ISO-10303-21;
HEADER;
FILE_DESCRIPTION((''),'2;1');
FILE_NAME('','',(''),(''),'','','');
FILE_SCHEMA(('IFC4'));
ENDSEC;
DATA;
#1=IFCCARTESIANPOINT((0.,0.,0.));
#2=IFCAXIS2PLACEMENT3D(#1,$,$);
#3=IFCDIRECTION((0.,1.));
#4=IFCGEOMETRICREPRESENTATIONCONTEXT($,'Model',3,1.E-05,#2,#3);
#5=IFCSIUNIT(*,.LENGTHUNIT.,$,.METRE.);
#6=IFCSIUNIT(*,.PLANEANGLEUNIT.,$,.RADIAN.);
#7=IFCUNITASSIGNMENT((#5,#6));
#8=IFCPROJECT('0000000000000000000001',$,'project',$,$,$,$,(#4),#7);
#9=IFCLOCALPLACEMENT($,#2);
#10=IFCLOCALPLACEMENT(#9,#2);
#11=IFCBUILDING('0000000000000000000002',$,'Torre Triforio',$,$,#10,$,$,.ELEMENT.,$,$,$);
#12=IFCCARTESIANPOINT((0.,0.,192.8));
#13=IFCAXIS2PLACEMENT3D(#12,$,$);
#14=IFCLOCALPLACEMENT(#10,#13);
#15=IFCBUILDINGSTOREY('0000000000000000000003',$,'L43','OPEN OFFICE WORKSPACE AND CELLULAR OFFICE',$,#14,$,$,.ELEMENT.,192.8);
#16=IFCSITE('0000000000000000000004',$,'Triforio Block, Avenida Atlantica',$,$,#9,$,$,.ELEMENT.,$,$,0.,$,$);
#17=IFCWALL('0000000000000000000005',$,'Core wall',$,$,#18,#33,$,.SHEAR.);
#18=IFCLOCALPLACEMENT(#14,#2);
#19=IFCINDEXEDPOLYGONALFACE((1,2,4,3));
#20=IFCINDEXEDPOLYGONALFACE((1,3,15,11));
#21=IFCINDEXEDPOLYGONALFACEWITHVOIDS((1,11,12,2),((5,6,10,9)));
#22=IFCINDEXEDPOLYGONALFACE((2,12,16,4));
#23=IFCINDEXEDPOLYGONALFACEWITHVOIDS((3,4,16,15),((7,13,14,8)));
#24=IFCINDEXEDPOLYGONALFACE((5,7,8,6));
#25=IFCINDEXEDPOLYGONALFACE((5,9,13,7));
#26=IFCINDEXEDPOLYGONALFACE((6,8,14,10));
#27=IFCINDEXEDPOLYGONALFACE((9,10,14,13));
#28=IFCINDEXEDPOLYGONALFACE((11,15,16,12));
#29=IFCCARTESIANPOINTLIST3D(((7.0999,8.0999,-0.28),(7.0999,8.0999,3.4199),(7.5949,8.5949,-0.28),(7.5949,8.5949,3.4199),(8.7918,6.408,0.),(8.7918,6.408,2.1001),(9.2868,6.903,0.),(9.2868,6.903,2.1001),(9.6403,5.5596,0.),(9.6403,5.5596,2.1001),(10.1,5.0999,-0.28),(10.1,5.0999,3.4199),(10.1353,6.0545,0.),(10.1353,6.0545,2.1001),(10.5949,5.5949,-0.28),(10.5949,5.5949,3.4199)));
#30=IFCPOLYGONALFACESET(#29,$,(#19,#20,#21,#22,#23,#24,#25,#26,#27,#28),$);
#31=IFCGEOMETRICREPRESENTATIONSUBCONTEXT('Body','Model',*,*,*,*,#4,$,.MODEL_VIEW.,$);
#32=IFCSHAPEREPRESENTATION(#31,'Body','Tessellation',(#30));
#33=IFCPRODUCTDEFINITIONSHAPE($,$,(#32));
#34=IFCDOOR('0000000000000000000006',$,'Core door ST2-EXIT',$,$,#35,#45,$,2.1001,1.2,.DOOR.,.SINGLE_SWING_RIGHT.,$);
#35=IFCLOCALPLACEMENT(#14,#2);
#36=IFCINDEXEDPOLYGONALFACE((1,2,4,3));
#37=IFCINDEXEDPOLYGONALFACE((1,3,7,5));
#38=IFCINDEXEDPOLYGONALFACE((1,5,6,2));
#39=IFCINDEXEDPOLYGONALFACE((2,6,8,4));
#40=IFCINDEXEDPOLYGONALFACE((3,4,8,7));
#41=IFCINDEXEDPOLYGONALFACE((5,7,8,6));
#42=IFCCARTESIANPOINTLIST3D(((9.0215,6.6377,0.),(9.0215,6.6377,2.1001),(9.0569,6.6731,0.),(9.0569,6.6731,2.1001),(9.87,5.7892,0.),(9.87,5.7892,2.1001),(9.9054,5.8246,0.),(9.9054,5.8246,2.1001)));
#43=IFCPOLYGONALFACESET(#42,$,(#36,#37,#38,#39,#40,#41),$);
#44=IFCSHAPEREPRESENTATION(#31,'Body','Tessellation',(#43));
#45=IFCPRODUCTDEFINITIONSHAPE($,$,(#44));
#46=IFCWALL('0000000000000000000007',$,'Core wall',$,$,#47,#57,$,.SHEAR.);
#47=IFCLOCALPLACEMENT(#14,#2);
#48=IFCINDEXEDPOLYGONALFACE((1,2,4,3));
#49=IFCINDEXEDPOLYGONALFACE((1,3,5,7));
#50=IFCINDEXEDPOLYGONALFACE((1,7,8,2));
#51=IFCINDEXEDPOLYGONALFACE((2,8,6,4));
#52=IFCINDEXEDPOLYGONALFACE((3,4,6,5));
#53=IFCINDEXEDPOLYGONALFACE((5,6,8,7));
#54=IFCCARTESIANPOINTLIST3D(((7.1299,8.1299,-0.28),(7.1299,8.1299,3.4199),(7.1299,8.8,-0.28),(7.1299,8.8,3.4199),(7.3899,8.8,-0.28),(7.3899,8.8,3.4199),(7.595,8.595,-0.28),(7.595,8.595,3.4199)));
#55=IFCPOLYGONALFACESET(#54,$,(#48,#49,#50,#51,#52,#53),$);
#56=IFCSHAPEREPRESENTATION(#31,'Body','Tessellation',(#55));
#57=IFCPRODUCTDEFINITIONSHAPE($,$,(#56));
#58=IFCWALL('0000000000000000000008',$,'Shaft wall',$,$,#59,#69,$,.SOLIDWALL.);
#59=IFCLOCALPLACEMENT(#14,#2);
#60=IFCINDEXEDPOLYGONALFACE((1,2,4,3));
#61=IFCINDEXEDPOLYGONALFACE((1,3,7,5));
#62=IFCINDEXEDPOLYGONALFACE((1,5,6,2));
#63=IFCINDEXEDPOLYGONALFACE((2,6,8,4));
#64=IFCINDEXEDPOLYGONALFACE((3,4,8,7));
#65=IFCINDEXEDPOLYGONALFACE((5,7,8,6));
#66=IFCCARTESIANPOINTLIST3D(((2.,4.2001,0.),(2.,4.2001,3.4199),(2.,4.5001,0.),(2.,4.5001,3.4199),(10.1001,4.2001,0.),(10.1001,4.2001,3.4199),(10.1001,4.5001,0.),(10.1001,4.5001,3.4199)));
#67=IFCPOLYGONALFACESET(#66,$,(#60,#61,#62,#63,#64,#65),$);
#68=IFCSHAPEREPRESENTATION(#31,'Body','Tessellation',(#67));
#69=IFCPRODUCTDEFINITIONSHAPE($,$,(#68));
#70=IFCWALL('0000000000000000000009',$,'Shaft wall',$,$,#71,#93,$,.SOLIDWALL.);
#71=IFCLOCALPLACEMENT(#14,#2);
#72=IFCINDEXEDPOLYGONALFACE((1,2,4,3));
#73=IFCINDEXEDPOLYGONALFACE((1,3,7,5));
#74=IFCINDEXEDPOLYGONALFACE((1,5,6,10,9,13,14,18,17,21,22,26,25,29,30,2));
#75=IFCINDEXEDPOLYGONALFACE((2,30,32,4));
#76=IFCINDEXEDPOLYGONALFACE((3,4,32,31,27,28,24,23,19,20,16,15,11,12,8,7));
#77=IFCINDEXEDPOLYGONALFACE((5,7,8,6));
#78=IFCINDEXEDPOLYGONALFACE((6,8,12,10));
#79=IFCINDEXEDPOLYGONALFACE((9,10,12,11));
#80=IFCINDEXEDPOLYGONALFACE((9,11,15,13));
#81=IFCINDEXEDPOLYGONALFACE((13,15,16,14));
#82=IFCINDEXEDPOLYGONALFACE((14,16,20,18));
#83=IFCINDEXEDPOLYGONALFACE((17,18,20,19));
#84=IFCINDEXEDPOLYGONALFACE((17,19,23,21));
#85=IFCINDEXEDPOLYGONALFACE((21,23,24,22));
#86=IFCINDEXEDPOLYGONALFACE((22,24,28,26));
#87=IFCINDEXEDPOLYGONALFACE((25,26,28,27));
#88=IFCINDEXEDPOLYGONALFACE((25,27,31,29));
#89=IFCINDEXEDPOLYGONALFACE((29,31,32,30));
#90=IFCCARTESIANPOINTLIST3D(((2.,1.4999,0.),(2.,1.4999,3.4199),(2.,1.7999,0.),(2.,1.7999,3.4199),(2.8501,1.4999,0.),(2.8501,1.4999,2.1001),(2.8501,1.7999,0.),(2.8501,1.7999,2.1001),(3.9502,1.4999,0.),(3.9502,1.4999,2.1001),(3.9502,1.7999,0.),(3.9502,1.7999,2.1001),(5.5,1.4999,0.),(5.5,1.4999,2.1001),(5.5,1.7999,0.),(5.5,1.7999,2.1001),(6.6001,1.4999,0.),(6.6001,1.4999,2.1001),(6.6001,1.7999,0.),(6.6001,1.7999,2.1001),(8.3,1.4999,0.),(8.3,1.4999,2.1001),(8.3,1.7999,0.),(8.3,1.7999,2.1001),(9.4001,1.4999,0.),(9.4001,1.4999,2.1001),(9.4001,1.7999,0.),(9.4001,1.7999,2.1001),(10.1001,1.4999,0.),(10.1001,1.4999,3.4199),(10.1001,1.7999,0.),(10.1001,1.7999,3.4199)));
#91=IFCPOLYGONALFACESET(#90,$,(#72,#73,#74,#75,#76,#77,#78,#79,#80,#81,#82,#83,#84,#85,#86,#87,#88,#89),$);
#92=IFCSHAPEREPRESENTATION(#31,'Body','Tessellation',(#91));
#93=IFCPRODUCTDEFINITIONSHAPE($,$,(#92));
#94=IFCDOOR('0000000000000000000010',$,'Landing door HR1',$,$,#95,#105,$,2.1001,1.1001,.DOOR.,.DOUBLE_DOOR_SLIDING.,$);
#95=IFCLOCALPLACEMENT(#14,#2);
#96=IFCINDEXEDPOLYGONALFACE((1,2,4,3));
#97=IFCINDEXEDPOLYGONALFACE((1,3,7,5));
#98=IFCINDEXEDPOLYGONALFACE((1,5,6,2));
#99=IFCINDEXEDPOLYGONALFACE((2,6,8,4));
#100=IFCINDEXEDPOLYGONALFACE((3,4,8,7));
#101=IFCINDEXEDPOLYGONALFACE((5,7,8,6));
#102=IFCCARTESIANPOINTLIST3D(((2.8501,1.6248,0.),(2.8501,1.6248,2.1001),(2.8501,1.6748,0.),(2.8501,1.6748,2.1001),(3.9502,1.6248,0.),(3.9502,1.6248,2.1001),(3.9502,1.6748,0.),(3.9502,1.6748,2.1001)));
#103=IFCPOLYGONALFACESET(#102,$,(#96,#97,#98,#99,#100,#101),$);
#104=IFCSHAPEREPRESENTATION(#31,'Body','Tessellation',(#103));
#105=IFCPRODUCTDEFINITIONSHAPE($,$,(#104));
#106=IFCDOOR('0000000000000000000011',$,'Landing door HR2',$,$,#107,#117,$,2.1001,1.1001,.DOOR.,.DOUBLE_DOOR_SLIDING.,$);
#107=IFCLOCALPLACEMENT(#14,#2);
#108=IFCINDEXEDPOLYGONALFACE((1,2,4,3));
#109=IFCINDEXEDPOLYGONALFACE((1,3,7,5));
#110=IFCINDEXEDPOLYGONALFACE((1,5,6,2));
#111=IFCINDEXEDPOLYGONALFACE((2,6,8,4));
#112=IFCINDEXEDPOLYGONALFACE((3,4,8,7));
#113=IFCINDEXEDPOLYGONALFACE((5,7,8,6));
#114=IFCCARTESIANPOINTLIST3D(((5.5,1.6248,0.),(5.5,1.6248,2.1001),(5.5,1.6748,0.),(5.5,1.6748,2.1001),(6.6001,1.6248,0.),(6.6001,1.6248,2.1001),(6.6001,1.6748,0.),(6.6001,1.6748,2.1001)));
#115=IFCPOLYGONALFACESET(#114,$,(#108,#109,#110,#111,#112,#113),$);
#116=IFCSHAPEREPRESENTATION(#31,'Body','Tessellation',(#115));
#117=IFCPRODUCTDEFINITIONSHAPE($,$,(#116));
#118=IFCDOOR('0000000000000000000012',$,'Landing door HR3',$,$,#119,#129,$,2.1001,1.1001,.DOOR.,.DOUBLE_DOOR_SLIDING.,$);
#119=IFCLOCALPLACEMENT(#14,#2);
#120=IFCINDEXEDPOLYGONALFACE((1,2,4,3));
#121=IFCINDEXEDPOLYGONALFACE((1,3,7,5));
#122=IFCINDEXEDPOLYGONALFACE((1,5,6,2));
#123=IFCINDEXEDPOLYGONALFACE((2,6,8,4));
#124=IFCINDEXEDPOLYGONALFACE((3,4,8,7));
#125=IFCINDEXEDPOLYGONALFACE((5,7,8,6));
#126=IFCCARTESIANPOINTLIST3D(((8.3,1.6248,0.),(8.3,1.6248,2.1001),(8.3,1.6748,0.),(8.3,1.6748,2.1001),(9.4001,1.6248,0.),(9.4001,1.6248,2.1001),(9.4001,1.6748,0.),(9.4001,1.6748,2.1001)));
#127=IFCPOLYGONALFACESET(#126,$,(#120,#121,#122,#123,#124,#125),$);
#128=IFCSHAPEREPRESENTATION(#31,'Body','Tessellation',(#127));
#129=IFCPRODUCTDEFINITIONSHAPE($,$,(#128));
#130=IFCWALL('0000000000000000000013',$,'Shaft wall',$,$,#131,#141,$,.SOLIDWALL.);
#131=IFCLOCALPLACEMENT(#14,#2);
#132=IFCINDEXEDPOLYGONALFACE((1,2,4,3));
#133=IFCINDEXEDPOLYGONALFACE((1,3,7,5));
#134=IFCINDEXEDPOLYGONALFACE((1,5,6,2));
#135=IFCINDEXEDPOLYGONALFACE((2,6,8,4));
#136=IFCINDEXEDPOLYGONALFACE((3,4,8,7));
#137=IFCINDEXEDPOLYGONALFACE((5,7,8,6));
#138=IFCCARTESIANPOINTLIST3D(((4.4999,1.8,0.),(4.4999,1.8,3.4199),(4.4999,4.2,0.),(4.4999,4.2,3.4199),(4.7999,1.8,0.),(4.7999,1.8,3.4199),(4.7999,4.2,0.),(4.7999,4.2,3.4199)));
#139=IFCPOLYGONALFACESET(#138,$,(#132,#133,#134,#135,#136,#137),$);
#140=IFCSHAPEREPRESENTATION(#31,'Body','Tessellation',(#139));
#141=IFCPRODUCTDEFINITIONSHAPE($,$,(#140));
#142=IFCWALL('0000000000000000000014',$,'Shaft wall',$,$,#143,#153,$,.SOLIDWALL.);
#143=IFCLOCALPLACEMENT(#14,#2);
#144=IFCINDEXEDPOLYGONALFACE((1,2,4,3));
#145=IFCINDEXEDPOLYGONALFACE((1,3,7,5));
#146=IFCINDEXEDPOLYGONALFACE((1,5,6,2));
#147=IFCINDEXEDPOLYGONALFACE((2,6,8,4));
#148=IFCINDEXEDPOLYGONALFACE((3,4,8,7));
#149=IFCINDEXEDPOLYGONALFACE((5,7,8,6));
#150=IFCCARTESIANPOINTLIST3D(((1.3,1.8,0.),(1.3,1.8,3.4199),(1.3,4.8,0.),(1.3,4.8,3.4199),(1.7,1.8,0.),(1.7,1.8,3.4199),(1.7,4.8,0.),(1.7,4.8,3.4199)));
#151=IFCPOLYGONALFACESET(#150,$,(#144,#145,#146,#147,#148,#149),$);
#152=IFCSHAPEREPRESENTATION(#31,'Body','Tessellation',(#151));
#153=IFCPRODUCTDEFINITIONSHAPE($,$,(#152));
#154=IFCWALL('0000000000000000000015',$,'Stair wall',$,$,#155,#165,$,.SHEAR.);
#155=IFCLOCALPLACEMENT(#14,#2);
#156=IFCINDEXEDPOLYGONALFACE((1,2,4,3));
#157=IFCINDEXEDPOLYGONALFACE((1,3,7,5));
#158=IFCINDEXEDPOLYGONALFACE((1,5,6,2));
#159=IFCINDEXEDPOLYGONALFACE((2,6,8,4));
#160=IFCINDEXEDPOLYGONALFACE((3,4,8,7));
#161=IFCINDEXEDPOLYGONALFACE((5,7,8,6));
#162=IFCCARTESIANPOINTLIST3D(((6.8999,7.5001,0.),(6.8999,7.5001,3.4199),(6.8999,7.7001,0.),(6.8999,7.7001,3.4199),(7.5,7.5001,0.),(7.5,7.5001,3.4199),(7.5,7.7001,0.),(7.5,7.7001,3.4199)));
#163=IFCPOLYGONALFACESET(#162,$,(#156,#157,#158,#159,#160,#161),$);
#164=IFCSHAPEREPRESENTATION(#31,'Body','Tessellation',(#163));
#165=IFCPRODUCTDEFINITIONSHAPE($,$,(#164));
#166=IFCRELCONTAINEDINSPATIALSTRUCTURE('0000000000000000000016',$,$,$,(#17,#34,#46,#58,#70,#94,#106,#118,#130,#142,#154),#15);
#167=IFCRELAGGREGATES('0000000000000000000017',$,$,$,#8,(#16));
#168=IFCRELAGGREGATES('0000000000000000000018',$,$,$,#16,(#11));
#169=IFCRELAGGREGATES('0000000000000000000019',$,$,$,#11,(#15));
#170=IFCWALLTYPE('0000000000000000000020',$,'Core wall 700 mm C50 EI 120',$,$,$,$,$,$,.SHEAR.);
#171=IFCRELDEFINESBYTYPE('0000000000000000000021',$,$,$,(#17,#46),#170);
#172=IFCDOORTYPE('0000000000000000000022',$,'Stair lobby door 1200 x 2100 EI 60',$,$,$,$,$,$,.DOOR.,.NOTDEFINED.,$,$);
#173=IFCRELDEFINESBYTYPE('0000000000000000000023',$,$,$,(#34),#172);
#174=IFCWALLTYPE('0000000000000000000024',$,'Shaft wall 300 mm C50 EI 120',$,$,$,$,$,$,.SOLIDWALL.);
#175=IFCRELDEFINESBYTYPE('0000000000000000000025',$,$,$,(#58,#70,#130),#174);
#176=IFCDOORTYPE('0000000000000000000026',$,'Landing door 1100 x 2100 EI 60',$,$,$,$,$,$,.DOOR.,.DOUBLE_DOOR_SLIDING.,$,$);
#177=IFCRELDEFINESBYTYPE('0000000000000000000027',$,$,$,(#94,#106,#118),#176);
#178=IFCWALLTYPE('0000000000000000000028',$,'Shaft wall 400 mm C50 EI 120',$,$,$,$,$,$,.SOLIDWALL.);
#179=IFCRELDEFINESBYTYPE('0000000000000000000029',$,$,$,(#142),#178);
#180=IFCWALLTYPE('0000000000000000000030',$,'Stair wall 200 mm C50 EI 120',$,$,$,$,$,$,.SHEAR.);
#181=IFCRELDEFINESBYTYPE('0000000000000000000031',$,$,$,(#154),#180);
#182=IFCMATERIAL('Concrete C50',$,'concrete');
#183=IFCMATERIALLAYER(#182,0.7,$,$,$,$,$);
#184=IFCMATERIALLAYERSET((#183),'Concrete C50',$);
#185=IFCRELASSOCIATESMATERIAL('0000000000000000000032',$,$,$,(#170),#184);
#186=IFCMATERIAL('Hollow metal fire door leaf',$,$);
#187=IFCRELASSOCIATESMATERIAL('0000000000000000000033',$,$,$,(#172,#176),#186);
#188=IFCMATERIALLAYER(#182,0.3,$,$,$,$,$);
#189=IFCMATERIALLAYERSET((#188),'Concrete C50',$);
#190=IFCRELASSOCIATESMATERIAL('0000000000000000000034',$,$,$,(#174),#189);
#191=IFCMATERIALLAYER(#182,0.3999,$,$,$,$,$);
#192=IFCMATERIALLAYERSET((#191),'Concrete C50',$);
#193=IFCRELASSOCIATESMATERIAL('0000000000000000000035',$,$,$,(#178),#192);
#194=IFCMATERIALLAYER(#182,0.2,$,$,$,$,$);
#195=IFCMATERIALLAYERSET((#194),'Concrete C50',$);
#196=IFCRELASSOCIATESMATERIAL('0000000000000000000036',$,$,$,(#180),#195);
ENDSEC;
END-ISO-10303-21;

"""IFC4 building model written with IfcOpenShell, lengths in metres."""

from ifc_helpers import new_model, si_unit, direction, frame, frame_2d, origin, place, context, subcontext, project, spatial, polyline, rectangle, outline, extrude, material, layer, layer_set, type_object, element, fill, save


model = new_model("IFC4")

# Units and contexts
model_context = context("Model", 3, precision=1e-05, world=origin(), true_north=direction((0.0, 1.0)))
body_context = subcontext(model_context, "Body", "Model", "MODEL_VIEW")
ifc_project = project(units=[si_unit("LENGTHUNIT", "METRE"), si_unit("PLANEANGLEUNIT", "RADIAN")], contexts=[model_context])

# Site, building, storey
site_placement = place(None, origin())
site = spatial("IfcSite", under=ifc_project, at=site_placement, Name="Triforio Block, Avenida Atlantica", CompositionType="ELEMENT", RefElevation=0.0)
building_placement = place(site_placement, origin())
building = spatial("IfcBuilding", under=site, at=building_placement, Name="Torre Triforio", CompositionType="ELEMENT")
storey_placement = place(building_placement, frame((0.0, 0.0, 192.8)))
storey = spatial("IfcBuildingStorey", under=building, at=storey_placement, Name="L43", Description="OPEN OFFICE WORKSPACE AND CELLULAR OFFICE", CompositionType="ELEMENT", Elevation=192.8)

# Shared definitions
ifc_material_1 = material(Name="Concrete C50", Category="concrete")

# Wall, opening, door
ifc_layer_1 = layer(ifc_material_1, 0.7)
ifc_layer_set_1 = layer_set([ifc_layer_1], Name="Concrete C50")
wall_type_1 = type_object("IfcWallType", Name="Core wall 700 mm C50 EI 120", PredefinedType="SHEAR", material=ifc_layer_set_1)
wall_1_placement = place(storey_placement, frame((7.3474, 8.3474, -0.28), z_axis=(0.0, 0.0, 1.0), x_axis=(0.707107, -0.707107, 0.0)))
wall_1 = element("IfcWall", 1, at=wall_1_placement, inside=storey, type_object=wall_type_1, Name="Core wall", PredefinedType="SHEAR", context=body_context, shape_type="SweptSolid", body=[
    extrude(rectangle(XDim=4.2427, YDim=0.7, at=frame_2d((2.1213, 0.0))), origin(), (0.0, 0.0, 1.0), 3.7),
])
opening_1_placement = place(wall_1_placement, frame((2.3926, 0.0, 0.28)))
opening_1 = element("IfcOpeningElement", 2, at=opening_1_placement, cuts=wall_1, PredefinedType="OPENING", context=body_context, shape_type="SweptSolid", body=[
    extrude(rectangle(XDim=1.2, YDim=2.1001, at=frame_2d((0.6001, 1.05))), frame((0.0, 0.3599, 0.0), z_axis=(0.0, -1.0, 0.0), x_axis=(1.0, 0.0, 0.0)), (0.0, 0.0, 1.0), 0.72),
])
ifc_material_2 = material(Name="Hollow metal fire door leaf")
door_type_1 = type_object("IfcDoorType", Name="Stair lobby door 1200 x 2100 EI 60", OperationType="NOTDEFINED", PredefinedType="DOOR", material=ifc_material_2)
door_1_placement = place(opening_1_placement, origin())
door_1 = element("IfcDoor", 3, at=door_1_placement, inside=storey, type_object=door_type_1, Name="Core door ST2-EXIT", OperationType="SINGLE_SWING_RIGHT", OverallHeight=2.1001, OverallWidth=1.2, PredefinedType="DOOR", context=body_context, shape_type="SweptSolid", body=[
    extrude(rectangle(XDim=1.2, YDim=2.1001, at=frame_2d((0.6001, 1.05))), frame((0.0, 0.0249, 0.0), z_axis=(0.0, -1.0, 0.0), x_axis=(1.0, 0.0, 0.0)), (0.0, 0.0, 1.0), 0.05),
])
fill(opening_1, door_1)

# Walls
wall_2_placement = place(storey_placement, frame((0.0, 0.0, -0.28)))
element("IfcWall", 4, at=wall_2_placement, inside=storey, type_object=wall_type_1, Name="Core wall", PredefinedType="SHEAR", context=body_context, shape_type="SweptSolid", body=[
    extrude(outline(polyline([(7.3899, 8.8), (7.595, 8.595), (7.595, 8.595), (7.595, 8.595), (7.1299, 8.1299), (7.1299, 8.8), (7.1299, 8.8), (7.3899, 8.8)])), origin(), (0.0, 0.0, 1.0), 3.7),
])
ifc_layer_2 = layer(ifc_material_1, 0.3)
ifc_layer_set_2 = layer_set([ifc_layer_2], Name="Concrete C50")
wall_type_2 = type_object("IfcWallType", Name="Shaft wall 300 mm C50 EI 120", PredefinedType="SOLIDWALL", material=ifc_layer_set_2)
wall_3_placement = place(storey_placement, frame((2.0, 4.3501, 0.0), z_axis=(0.0, 0.0, 1.0), x_axis=(1.0, 0.0, 0.0)))
element("IfcWall", 5, at=wall_3_placement, inside=storey, type_object=wall_type_2, Name="Shaft wall", PredefinedType="SOLIDWALL", context=body_context, shape_type="SweptSolid", body=[
    extrude(rectangle(XDim=8.1001, YDim=0.3, at=frame_2d((4.05, 0.0))), origin(), (0.0, 0.0, 1.0), 3.4199),
])

# Wall, openings, doors
wall_4_placement = place(storey_placement, frame((2.0, 1.6499, 0.0), z_axis=(0.0, 0.0, 1.0), x_axis=(1.0, 0.0, 0.0)))
wall_4 = element("IfcWall", 6, at=wall_4_placement, inside=storey, type_object=wall_type_2, Name="Shaft wall", PredefinedType="SOLIDWALL", context=body_context, shape_type="SweptSolid", body=[
    extrude(rectangle(XDim=8.1001, YDim=0.3, at=frame_2d((4.05, 0.0))), origin(), (0.0, 0.0, 1.0), 3.4199),
])
opening_2_placement = place(wall_4_placement, frame((0.8501, 0.0, 0.0)))
opening_2 = element("IfcOpeningElement", 7, at=opening_2_placement, cuts=wall_4, PredefinedType="OPENING", context=body_context, shape_type="SweptSolid", body=[
    extrude(rectangle(XDim=1.1001, YDim=2.1001, at=frame_2d((0.55, 1.05))), frame((0.0, 0.1599, 0.0), z_axis=(0.0, -1.0, 0.0), x_axis=(1.0, 0.0, 0.0)), (0.0, 0.0, 1.0), 0.3201),
])
opening_3_placement = place(wall_4_placement, frame((3.5, 0.0, 0.0)))
opening_3 = element("IfcOpeningElement", 8, at=opening_3_placement, cuts=wall_4, PredefinedType="OPENING", context=body_context, shape_type="SweptSolid", body=[
    extrude(rectangle(XDim=1.1001, YDim=2.1001, at=frame_2d((0.55, 1.05))), frame((0.0, 0.1599, 0.0), z_axis=(0.0, -1.0, 0.0), x_axis=(1.0, 0.0, 0.0)), (0.0, 0.0, 1.0), 0.3201),
])
opening_4_placement = place(wall_4_placement, frame((6.3, 0.0, 0.0)))
opening_4 = element("IfcOpeningElement", 9, at=opening_4_placement, cuts=wall_4, PredefinedType="OPENING", context=body_context, shape_type="SweptSolid", body=[
    extrude(rectangle(XDim=1.1001, YDim=2.1001, at=frame_2d((0.55, 1.05))), frame((0.0, 0.1599, 0.0), z_axis=(0.0, -1.0, 0.0), x_axis=(1.0, 0.0, 0.0)), (0.0, 0.0, 1.0), 0.3201),
])
door_type_2 = type_object("IfcDoorType", Name="Landing door 1100 x 2100 EI 60", OperationType="DOUBLE_DOOR_SLIDING", PredefinedType="DOOR", material=ifc_material_2)
door_2_placement = place(opening_2_placement, origin())
door_2 = element("IfcDoor", 10, at=door_2_placement, inside=storey, type_object=door_type_2, Name="Landing door HR1", OperationType="DOUBLE_DOOR_SLIDING", OverallHeight=2.1001, OverallWidth=1.1001, PredefinedType="DOOR", context=body_context, shape_type="SweptSolid", body=[
    extrude(rectangle(XDim=1.1001, YDim=2.1001, at=frame_2d((0.55, 1.05))), frame((0.0, 0.0249, 0.0), z_axis=(0.0, -1.0, 0.0), x_axis=(1.0, 0.0, 0.0)), (0.0, 0.0, 1.0), 0.05),
])
fill(opening_2, door_2)
door_3_placement = place(opening_3_placement, origin())
door_3 = element("IfcDoor", 11, at=door_3_placement, inside=storey, type_object=door_type_2, Name="Landing door HR2", OperationType="DOUBLE_DOOR_SLIDING", OverallHeight=2.1001, OverallWidth=1.1001, PredefinedType="DOOR", context=body_context, shape_type="SweptSolid", body=[
    extrude(rectangle(XDim=1.1001, YDim=2.1001, at=frame_2d((0.55, 1.05))), frame((0.0, 0.0249, 0.0), z_axis=(0.0, -1.0, 0.0), x_axis=(1.0, 0.0, 0.0)), (0.0, 0.0, 1.0), 0.05),
])
fill(opening_3, door_3)
door_4_placement = place(opening_4_placement, origin())
door_4 = element("IfcDoor", 12, at=door_4_placement, inside=storey, type_object=door_type_2, Name="Landing door HR3", OperationType="DOUBLE_DOOR_SLIDING", OverallHeight=2.1001, OverallWidth=1.1001, PredefinedType="DOOR", context=body_context, shape_type="SweptSolid", body=[
    extrude(rectangle(XDim=1.1001, YDim=2.1001, at=frame_2d((0.55, 1.05))), frame((0.0, 0.0249, 0.0), z_axis=(0.0, -1.0, 0.0), x_axis=(1.0, 0.0, 0.0)), (0.0, 0.0, 1.0), 0.05),
])
fill(opening_4, door_4)

# Walls
wall_5_placement = place(storey_placement, frame((4.6499, 1.8, 0.0), z_axis=(0.0, 0.0, 1.0), x_axis=(0.0, 1.0, 0.0)))
element("IfcWall", 13, at=wall_5_placement, inside=storey, type_object=wall_type_2, Name="Shaft wall", PredefinedType="SOLIDWALL", context=body_context, shape_type="SweptSolid", body=[
    extrude(rectangle(XDim=2.3999, YDim=0.3, at=frame_2d((1.2, 0.0))), origin(), (0.0, 0.0, 1.0), 3.4199),
])
ifc_layer_3 = layer(ifc_material_1, 0.3999)
ifc_layer_set_3 = layer_set([ifc_layer_3], Name="Concrete C50")
wall_type_3 = type_object("IfcWallType", Name="Shaft wall 400 mm C50 EI 120", PredefinedType="SOLIDWALL", material=ifc_layer_set_3)
wall_6_placement = place(storey_placement, frame((1.5, 1.8, 0.0), z_axis=(0.0, 0.0, 1.0), x_axis=(0.0, 1.0, 0.0)))
element("IfcWall", 14, at=wall_6_placement, inside=storey, type_object=wall_type_3, Name="Shaft wall", PredefinedType="SOLIDWALL", context=body_context, shape_type="SweptSolid", body=[
    extrude(rectangle(XDim=3.0, YDim=0.3999, at=frame_2d((1.5, 0.0))), origin(), (0.0, 0.0, 1.0), 3.4199),
])
ifc_layer_4 = layer(ifc_material_1, 0.2)
ifc_layer_set_4 = layer_set([ifc_layer_4], Name="Concrete C50")
wall_type_4 = type_object("IfcWallType", Name="Stair wall 200 mm C50 EI 120", PredefinedType="SHEAR", material=ifc_layer_set_4)
wall_7_placement = place(storey_placement, frame((6.8999, 7.6001, 0.0), z_axis=(0.0, 0.0, 1.0), x_axis=(1.0, 0.0, 0.0)))
element("IfcWall", 15, at=wall_7_placement, inside=storey, type_object=wall_type_4, Name="Stair wall", PredefinedType="SHEAR", context=body_context, shape_type="SweptSolid", body=[
    extrude(rectangle(XDim=0.6001, YDim=0.2, at=frame_2d((0.3, 0.0))), origin(), (0.0, 0.0, 1.0), 3.4199),
])

save(model, "model.ifc")
